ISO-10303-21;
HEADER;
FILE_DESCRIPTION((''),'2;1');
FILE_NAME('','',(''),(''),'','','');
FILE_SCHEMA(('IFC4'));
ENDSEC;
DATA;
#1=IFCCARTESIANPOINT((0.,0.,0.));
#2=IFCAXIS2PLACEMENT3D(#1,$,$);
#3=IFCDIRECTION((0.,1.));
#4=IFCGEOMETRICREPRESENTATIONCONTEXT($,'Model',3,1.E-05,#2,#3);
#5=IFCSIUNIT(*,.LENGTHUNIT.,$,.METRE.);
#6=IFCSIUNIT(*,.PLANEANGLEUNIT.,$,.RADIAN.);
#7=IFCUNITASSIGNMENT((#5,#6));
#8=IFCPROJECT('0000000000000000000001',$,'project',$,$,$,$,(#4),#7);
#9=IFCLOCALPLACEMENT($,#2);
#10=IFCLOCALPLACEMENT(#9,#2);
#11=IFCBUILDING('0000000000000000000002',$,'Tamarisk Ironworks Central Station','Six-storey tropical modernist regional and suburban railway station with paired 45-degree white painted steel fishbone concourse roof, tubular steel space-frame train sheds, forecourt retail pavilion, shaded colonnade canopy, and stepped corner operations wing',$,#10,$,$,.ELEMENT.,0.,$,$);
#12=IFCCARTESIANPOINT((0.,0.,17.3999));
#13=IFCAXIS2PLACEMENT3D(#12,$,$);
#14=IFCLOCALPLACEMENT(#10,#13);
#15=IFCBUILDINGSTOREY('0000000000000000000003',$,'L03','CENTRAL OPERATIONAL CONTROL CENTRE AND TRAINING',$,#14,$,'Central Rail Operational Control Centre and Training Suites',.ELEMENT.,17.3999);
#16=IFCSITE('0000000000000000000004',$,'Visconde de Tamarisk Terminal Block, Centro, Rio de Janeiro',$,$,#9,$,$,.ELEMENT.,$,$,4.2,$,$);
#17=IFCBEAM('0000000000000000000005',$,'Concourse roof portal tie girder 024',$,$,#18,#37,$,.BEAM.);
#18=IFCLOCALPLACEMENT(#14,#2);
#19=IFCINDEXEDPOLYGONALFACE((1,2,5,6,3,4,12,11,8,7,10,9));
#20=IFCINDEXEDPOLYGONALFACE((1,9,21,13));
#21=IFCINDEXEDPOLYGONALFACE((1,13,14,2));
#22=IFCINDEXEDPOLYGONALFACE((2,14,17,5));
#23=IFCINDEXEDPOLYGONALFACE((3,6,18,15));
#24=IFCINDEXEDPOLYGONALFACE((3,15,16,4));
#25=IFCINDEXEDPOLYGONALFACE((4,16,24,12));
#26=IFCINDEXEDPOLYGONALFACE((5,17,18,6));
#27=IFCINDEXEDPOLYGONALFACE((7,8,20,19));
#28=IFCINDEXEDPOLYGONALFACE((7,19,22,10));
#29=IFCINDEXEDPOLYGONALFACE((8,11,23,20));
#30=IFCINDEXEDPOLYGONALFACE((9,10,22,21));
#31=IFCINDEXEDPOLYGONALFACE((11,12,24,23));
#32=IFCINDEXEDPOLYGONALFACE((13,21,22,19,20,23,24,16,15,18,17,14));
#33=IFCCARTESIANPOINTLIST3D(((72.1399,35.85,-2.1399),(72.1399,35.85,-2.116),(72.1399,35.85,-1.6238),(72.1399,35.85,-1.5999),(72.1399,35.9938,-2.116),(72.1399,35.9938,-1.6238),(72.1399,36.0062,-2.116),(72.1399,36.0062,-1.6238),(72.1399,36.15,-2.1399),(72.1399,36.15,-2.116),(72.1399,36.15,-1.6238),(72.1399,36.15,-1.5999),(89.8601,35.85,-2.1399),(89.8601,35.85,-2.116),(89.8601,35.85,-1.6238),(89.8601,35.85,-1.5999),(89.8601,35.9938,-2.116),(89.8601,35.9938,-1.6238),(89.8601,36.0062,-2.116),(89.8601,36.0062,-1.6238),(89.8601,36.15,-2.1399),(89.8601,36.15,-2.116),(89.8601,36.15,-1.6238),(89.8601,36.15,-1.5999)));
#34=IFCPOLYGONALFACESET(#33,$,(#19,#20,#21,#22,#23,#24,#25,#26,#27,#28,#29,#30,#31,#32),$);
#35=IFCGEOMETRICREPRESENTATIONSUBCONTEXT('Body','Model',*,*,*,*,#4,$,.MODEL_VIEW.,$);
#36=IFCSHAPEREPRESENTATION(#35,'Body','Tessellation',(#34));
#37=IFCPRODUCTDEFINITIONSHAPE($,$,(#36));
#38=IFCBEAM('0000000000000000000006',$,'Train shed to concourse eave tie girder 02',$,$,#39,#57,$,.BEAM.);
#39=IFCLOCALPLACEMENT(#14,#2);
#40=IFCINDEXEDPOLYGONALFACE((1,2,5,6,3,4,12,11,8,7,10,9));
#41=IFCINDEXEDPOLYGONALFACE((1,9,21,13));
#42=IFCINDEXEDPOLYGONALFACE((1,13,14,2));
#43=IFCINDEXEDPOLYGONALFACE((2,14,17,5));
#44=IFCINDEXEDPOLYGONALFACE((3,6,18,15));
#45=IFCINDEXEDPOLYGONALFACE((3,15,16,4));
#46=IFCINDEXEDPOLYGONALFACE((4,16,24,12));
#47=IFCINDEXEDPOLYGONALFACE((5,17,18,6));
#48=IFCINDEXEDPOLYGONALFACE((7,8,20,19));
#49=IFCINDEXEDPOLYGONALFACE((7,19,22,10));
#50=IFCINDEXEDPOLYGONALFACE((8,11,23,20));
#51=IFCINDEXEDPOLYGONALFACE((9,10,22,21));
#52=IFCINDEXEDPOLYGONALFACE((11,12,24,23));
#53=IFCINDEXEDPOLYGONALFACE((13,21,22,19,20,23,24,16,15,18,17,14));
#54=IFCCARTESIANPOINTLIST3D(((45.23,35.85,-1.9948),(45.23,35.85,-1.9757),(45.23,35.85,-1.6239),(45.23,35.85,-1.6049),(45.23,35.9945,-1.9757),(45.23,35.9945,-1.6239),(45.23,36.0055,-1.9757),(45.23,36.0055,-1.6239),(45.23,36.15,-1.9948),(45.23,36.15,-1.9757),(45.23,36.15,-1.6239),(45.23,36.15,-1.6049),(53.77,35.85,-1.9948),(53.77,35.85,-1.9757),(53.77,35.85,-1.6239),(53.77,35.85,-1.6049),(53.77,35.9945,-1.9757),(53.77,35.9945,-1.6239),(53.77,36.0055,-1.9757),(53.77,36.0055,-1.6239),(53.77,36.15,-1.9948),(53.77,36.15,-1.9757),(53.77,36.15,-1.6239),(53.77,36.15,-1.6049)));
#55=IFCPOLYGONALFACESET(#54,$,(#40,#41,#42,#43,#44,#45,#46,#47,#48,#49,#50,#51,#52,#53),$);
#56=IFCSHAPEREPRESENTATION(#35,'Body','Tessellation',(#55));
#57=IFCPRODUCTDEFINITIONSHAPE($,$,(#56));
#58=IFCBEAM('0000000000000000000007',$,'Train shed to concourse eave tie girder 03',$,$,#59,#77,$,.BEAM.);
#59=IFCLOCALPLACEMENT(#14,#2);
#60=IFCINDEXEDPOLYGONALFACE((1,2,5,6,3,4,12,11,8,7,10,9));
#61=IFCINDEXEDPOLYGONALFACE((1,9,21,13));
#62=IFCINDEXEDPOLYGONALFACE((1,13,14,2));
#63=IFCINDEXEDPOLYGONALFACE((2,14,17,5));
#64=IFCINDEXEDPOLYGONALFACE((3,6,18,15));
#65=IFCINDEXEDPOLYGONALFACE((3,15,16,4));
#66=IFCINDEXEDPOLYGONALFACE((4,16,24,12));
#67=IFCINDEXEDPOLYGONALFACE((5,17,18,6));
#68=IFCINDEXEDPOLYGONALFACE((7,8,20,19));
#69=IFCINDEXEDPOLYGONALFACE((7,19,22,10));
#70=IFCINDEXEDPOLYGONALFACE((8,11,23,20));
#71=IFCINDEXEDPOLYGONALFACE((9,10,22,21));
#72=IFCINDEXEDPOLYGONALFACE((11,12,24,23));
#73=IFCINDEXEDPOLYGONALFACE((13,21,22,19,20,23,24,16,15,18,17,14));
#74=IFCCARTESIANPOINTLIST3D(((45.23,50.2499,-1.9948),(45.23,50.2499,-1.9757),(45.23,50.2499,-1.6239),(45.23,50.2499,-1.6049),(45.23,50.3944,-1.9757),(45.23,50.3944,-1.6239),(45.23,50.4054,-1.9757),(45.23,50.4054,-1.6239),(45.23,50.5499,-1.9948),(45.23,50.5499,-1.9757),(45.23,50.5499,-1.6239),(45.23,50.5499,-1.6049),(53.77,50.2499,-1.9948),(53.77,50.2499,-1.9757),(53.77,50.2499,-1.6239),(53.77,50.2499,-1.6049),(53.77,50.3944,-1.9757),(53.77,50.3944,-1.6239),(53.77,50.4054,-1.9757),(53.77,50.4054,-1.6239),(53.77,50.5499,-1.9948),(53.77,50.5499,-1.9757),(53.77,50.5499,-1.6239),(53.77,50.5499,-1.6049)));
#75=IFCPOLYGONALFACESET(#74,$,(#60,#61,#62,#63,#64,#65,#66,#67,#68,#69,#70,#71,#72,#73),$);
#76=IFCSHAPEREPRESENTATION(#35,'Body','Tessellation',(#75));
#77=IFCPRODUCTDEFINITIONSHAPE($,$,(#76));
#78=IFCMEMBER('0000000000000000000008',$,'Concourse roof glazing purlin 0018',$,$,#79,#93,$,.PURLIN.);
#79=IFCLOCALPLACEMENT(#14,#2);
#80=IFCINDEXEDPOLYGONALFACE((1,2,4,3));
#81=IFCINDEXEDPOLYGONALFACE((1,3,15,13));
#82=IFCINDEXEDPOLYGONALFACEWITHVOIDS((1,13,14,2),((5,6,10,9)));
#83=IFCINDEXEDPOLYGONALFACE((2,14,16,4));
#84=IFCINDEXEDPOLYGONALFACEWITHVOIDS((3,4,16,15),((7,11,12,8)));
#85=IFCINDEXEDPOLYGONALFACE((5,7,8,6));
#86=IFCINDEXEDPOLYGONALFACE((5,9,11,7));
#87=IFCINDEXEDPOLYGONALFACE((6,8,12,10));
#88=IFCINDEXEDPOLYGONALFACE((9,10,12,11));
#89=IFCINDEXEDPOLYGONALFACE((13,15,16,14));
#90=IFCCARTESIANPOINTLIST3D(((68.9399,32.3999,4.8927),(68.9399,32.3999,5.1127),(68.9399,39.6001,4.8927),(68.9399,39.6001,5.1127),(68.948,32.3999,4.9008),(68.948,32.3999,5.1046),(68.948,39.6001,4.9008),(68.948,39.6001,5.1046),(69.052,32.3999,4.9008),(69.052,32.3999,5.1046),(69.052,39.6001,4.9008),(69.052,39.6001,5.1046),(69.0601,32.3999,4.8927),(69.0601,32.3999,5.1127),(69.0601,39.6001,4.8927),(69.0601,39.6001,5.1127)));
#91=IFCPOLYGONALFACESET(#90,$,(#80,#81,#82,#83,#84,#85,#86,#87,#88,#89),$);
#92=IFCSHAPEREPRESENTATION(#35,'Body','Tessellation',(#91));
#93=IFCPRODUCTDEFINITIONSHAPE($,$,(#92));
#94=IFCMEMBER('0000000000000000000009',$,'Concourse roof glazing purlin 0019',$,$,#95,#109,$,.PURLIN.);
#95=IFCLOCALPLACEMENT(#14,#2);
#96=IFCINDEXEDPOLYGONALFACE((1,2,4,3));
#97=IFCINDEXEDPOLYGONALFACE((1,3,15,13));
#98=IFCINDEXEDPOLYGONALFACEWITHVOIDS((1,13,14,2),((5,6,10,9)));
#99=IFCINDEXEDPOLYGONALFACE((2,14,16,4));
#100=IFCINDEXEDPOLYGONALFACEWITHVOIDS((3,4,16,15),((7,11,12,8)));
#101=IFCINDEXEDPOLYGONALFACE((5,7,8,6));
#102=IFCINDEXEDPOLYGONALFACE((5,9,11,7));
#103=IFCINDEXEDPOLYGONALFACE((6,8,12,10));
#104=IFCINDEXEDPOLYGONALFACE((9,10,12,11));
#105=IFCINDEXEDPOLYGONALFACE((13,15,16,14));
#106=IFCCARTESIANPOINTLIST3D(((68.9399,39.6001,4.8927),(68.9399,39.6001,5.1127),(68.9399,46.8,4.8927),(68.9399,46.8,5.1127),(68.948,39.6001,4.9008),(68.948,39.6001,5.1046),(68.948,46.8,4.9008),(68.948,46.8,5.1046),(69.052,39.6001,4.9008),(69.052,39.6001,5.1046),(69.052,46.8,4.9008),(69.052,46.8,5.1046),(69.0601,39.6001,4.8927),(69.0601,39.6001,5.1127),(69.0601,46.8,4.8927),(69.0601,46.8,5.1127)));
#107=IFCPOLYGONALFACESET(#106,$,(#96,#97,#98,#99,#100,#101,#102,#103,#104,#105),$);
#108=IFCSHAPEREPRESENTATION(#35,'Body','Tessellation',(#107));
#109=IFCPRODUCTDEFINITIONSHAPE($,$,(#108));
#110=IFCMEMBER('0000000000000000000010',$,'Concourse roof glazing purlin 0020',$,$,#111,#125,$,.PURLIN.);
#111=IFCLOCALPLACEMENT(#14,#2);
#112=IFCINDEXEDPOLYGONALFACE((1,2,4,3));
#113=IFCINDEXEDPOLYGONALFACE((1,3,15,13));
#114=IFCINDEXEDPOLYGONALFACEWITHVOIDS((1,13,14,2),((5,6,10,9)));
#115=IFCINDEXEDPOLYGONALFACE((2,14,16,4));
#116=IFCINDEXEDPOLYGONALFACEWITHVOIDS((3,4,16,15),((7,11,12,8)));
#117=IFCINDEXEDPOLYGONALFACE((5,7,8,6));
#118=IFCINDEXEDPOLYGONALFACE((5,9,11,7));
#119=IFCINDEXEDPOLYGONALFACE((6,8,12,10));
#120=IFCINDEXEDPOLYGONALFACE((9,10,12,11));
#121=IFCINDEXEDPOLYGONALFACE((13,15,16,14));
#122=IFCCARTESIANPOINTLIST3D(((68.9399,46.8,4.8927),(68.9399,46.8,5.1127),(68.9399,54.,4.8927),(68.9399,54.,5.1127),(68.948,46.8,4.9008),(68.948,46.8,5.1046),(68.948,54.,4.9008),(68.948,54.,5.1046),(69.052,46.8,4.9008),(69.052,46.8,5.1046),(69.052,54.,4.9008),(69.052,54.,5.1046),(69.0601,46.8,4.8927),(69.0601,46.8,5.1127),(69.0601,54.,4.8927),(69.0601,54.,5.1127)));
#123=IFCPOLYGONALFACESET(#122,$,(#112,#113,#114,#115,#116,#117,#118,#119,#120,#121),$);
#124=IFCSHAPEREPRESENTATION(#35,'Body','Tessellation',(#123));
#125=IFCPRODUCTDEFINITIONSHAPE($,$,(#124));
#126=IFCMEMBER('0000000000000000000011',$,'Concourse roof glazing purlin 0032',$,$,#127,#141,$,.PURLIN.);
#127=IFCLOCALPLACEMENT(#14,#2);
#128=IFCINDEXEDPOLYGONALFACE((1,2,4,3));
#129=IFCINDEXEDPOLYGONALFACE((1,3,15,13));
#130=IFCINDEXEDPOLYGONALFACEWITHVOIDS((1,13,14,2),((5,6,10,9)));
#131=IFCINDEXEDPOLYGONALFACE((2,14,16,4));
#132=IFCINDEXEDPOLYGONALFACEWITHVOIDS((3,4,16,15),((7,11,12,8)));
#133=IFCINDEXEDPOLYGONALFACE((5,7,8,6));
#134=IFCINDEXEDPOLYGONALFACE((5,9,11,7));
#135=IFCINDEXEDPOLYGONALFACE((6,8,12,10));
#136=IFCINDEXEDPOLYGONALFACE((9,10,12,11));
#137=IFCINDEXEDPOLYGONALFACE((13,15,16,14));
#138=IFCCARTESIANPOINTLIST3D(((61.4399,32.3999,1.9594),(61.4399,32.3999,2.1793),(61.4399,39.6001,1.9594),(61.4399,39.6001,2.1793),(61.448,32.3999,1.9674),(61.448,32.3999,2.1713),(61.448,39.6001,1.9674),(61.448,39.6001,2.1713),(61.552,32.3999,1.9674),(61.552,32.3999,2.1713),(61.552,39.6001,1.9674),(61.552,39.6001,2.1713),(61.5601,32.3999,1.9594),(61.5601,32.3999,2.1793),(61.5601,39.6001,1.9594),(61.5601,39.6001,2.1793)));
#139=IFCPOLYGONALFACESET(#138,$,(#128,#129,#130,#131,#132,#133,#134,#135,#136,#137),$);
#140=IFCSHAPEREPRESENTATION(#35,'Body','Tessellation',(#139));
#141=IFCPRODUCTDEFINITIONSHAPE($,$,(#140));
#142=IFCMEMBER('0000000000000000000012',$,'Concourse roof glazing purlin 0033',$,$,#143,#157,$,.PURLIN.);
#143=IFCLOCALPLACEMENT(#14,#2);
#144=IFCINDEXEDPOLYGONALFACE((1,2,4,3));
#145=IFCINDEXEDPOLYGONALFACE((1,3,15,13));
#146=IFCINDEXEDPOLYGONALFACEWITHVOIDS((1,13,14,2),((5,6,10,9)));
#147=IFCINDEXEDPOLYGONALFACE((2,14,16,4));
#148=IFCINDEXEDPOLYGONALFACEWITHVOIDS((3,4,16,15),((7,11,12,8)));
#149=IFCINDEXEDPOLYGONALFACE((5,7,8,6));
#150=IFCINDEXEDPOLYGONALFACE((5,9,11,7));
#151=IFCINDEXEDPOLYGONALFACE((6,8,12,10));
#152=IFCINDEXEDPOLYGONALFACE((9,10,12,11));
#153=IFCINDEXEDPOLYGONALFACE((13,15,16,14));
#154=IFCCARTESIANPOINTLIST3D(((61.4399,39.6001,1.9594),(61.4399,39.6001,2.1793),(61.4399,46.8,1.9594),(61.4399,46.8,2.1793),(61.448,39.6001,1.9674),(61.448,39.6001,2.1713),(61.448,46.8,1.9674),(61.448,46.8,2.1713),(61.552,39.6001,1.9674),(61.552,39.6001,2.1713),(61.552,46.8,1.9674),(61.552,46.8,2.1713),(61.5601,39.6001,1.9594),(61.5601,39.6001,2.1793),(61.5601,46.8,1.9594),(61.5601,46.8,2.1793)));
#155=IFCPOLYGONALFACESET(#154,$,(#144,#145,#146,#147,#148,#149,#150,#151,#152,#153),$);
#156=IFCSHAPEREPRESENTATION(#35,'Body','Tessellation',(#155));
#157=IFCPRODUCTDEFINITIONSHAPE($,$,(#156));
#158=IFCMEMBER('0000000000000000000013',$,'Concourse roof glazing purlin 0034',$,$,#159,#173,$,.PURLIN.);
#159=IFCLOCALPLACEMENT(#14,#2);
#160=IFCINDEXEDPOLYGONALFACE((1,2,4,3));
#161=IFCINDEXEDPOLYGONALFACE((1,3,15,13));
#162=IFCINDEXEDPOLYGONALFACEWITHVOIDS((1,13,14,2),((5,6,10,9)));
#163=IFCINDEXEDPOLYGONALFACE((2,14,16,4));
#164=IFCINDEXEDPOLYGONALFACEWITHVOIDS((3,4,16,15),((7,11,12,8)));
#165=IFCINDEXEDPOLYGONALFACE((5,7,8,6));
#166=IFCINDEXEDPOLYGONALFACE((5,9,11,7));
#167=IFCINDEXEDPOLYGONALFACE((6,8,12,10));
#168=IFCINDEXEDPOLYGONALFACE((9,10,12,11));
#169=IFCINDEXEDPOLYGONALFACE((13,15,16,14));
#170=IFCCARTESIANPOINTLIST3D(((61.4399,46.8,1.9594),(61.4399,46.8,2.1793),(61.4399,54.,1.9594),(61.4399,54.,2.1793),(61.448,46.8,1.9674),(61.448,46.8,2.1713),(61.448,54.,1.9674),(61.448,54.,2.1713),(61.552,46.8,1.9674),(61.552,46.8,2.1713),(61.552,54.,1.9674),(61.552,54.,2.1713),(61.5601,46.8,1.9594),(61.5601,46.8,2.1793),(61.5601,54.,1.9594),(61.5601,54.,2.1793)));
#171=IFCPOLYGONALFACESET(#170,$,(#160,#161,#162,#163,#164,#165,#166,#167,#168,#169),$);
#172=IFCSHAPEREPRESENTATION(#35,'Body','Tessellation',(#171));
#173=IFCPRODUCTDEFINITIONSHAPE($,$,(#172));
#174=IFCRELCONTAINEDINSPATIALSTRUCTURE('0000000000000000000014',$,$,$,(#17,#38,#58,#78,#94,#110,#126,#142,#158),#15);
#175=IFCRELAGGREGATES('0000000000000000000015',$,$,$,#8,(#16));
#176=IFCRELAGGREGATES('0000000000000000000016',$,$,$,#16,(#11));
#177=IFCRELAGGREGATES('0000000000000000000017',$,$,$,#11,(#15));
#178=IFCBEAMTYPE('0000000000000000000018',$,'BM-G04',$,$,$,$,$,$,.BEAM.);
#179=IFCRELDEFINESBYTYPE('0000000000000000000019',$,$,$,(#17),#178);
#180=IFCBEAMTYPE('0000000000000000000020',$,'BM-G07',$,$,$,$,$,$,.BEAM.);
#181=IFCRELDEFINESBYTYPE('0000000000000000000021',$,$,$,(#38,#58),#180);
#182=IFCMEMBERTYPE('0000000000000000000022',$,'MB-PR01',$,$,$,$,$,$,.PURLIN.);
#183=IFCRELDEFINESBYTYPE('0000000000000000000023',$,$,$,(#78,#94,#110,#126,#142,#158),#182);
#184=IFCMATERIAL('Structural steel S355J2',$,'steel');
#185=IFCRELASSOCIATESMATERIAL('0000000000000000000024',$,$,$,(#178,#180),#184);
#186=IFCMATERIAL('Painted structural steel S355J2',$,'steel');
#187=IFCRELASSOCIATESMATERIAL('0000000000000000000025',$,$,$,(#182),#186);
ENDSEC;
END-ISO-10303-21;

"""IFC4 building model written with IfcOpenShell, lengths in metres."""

from ifc_helpers import new_model, si_unit, direction, frame, origin, origin_2d, place, context, subcontext, project, spatial, hollow_rectangle, i_section, extrude, material, material_profile, profile_set, type_object, element, save


model = new_model("IFC4")

# Units and contexts
model_context = context("Model", 3, precision=1e-05, world=origin(), true_north=direction((0.0, 1.0)))
body_context = subcontext(model_context, "Body", "Model", "MODEL_VIEW")
ifc_project = project(units=[si_unit("LENGTHUNIT", "METRE"), si_unit("PLANEANGLEUNIT", "RADIAN")], contexts=[model_context])

# Site, building, storey
site_placement = place(None, origin())
site = spatial("IfcSite", under=ifc_project, at=site_placement, Name="Visconde de Tamarisk Terminal Block, Centro, Rio de Janeiro", CompositionType="ELEMENT", RefElevation=4.2)
building_placement = place(site_placement, origin())
building = spatial("IfcBuilding", under=site, at=building_placement, Name="Tamarisk Ironworks Central Station", Description="Six-storey tropical modernist regional and suburban railway station with paired 45-degree white painted steel fishbone concourse roof, tubular steel space-frame train sheds, forecourt retail pavilion, shaded colonnade canopy, and stepped corner operations wing", CompositionType="ELEMENT", ElevationOfRefHeight=0.0)
storey_placement = place(building_placement, frame((0.0, 0.0, 17.3999)))
storey = spatial("IfcBuildingStorey", under=building, at=storey_placement, Name="L03", Description="CENTRAL OPERATIONAL CONTROL CENTRE AND TRAINING", LongName="Central Rail Operational Control Centre and Training Suites", CompositionType="ELEMENT", Elevation=17.3999)

# Beams
ifc_material_1 = material(Name="Painted structural steel S355J2", Category="steel")
ifc_material_2 = material(Name="Structural steel S355J2", Category="steel")
ifc_material_profile_1 = material_profile(ifc_material_2, i_section(OverallWidth=0.3, OverallDepth=0.54, WebThickness=0.0125, FlangeThickness=0.0239, at=origin_2d()), Name="HEA 550")
ifc_profile_set_1 = profile_set([ifc_material_profile_1], Name="Structural steel S355J2")
beam_type_1 = type_object("IfcBeamType", Name="BM-G04", PredefinedType="BEAM", material=ifc_profile_set_1)
for number, where, z_axis, x_axis, name in (
    (1, (72.1399, 36.0, -1.8699), (1.0, 0.0, 0.0), (0.0, 1.0, 0.0), "Concourse roof portal tie girder 024"),
):
    element("IfcBeam", number, at=place(storey_placement, frame(where, z_axis=z_axis, x_axis=x_axis)), inside=storey, type_object=beam_type_1, Name=name, PredefinedType="BEAM", context=body_context, shape_type="SweptSolid", body=[
        extrude(i_section(OverallWidth=0.3, OverallDepth=0.54, WebThickness=0.0125, FlangeThickness=0.0239, at=origin_2d()), origin(), (0.0, 0.0, 1.0), 17.7202),
    ])
ifc_material_profile_2 = material_profile(ifc_material_2, i_section(OverallWidth=0.3, OverallDepth=0.3899, WebThickness=0.011, FlangeThickness=0.019, at=origin_2d()), Name="HEA 400")
ifc_profile_set_2 = profile_set([ifc_material_profile_2], Name="Structural steel S355J2")
beam_type_2 = type_object("IfcBeamType", Name="BM-G07", PredefinedType="BEAM", material=ifc_profile_set_2)
for number, where, z_axis, x_axis, name in (
    (2, (45.23, 36.0, -1.7998), (1.0, 0.0, 0.0), (0.0, 1.0, 0.0), "Train shed to concourse eave tie girder 02"),
    (3, (45.23, 50.3999, -1.7998), (1.0, 0.0, 0.0), (0.0, 1.0, 0.0), "Train shed to concourse eave tie girder 03"),
):
    element("IfcBeam", number, at=place(storey_placement, frame(where, z_axis=z_axis, x_axis=x_axis)), inside=storey, type_object=beam_type_2, Name=name, PredefinedType="BEAM", context=body_context, shape_type="SweptSolid", body=[
        extrude(i_section(OverallWidth=0.3, OverallDepth=0.3899, WebThickness=0.011, FlangeThickness=0.019, at=origin_2d()), origin(), (0.0, 0.0, 1.0), 8.54),
    ])

# Members
ifc_material_profile_3 = material_profile(ifc_material_1, hollow_rectangle(XDim=0.1201, YDim=0.22, WallThickness=0.0081, at=origin_2d()), Name="RHS 220x120x8")
ifc_profile_set_3 = profile_set([ifc_material_profile_3], Name="Painted structural steel S355J2")
member_type_1 = type_object("IfcMemberType", Name="MB-PR01", PredefinedType="PURLIN", material=ifc_profile_set_3)
member_1_placement = place(storey_placement, frame((69.0, 32.3999, 5.0027), z_axis=(0.0, 1.0, 0.0), x_axis=(-1.0, 0.0, 0.0)))
element("IfcMember", 4, at=member_1_placement, inside=storey, type_object=member_type_1, Name="Concourse roof glazing purlin 0018", PredefinedType="PURLIN", context=body_context, shape_type="SweptSolid", body=[
    extrude(hollow_rectangle(XDim=0.1201, YDim=0.22, WallThickness=0.0081, at=origin_2d()), origin(), (0.0, 0.0, 1.0), 7.2002),
])
for number, where, z_axis, x_axis, name in (
    (5, (69.0, 39.6001, 5.0027), (0.0, 1.0, 0.0), (-1.0, 0.0, 0.0), "Concourse roof glazing purlin 0019"),
    (6, (69.0, 46.8, 5.0027), (0.0, 1.0, 0.0), (-1.0, 0.0, 0.0), "Concourse roof glazing purlin 0020"),
):
    element("IfcMember", number, at=place(storey_placement, frame(where, z_axis=z_axis, x_axis=x_axis)), inside=storey, type_object=member_type_1, Name=name, PredefinedType="PURLIN", context=body_context, shape_type="SweptSolid", body=[
        extrude(hollow_rectangle(XDim=0.1201, YDim=0.22, WallThickness=0.0081, at=origin_2d()), origin(), (0.0, 0.0, 1.0), 7.2),
    ])
member_2_placement = place(storey_placement, frame((61.5, 32.3999, 2.0693), z_axis=(0.0, 1.0, 0.0), x_axis=(-1.0, 0.0, 0.0)))
element("IfcMember", 7, at=member_2_placement, inside=storey, type_object=member_type_1, Name="Concourse roof glazing purlin 0032", PredefinedType="PURLIN", context=body_context, shape_type="SweptSolid", body=[
    extrude(hollow_rectangle(XDim=0.1201, YDim=0.22, WallThickness=0.0081, at=origin_2d()), origin(), (0.0, 0.0, 1.0), 7.2002),
])
for number, where, z_axis, x_axis, name in (
    (8, (61.5, 39.6001, 2.0693), (0.0, 1.0, 0.0), (-1.0, 0.0, 0.0), "Concourse roof glazing purlin 0033"),
    (9, (61.5, 46.8, 2.0693), (0.0, 1.0, 0.0), (-1.0, 0.0, 0.0), "Concourse roof glazing purlin 0034"),
):
    element("IfcMember", number, at=place(storey_placement, frame(where, z_axis=z_axis, x_axis=x_axis)), inside=storey, type_object=member_type_1, Name=name, PredefinedType="PURLIN", context=body_context, shape_type="SweptSolid", body=[
        extrude(hollow_rectangle(XDim=0.1201, YDim=0.22, WallThickness=0.0081, at=origin_2d()), origin(), (0.0, 0.0, 1.0), 7.2),
    ])

save(model, "model.ifc")
